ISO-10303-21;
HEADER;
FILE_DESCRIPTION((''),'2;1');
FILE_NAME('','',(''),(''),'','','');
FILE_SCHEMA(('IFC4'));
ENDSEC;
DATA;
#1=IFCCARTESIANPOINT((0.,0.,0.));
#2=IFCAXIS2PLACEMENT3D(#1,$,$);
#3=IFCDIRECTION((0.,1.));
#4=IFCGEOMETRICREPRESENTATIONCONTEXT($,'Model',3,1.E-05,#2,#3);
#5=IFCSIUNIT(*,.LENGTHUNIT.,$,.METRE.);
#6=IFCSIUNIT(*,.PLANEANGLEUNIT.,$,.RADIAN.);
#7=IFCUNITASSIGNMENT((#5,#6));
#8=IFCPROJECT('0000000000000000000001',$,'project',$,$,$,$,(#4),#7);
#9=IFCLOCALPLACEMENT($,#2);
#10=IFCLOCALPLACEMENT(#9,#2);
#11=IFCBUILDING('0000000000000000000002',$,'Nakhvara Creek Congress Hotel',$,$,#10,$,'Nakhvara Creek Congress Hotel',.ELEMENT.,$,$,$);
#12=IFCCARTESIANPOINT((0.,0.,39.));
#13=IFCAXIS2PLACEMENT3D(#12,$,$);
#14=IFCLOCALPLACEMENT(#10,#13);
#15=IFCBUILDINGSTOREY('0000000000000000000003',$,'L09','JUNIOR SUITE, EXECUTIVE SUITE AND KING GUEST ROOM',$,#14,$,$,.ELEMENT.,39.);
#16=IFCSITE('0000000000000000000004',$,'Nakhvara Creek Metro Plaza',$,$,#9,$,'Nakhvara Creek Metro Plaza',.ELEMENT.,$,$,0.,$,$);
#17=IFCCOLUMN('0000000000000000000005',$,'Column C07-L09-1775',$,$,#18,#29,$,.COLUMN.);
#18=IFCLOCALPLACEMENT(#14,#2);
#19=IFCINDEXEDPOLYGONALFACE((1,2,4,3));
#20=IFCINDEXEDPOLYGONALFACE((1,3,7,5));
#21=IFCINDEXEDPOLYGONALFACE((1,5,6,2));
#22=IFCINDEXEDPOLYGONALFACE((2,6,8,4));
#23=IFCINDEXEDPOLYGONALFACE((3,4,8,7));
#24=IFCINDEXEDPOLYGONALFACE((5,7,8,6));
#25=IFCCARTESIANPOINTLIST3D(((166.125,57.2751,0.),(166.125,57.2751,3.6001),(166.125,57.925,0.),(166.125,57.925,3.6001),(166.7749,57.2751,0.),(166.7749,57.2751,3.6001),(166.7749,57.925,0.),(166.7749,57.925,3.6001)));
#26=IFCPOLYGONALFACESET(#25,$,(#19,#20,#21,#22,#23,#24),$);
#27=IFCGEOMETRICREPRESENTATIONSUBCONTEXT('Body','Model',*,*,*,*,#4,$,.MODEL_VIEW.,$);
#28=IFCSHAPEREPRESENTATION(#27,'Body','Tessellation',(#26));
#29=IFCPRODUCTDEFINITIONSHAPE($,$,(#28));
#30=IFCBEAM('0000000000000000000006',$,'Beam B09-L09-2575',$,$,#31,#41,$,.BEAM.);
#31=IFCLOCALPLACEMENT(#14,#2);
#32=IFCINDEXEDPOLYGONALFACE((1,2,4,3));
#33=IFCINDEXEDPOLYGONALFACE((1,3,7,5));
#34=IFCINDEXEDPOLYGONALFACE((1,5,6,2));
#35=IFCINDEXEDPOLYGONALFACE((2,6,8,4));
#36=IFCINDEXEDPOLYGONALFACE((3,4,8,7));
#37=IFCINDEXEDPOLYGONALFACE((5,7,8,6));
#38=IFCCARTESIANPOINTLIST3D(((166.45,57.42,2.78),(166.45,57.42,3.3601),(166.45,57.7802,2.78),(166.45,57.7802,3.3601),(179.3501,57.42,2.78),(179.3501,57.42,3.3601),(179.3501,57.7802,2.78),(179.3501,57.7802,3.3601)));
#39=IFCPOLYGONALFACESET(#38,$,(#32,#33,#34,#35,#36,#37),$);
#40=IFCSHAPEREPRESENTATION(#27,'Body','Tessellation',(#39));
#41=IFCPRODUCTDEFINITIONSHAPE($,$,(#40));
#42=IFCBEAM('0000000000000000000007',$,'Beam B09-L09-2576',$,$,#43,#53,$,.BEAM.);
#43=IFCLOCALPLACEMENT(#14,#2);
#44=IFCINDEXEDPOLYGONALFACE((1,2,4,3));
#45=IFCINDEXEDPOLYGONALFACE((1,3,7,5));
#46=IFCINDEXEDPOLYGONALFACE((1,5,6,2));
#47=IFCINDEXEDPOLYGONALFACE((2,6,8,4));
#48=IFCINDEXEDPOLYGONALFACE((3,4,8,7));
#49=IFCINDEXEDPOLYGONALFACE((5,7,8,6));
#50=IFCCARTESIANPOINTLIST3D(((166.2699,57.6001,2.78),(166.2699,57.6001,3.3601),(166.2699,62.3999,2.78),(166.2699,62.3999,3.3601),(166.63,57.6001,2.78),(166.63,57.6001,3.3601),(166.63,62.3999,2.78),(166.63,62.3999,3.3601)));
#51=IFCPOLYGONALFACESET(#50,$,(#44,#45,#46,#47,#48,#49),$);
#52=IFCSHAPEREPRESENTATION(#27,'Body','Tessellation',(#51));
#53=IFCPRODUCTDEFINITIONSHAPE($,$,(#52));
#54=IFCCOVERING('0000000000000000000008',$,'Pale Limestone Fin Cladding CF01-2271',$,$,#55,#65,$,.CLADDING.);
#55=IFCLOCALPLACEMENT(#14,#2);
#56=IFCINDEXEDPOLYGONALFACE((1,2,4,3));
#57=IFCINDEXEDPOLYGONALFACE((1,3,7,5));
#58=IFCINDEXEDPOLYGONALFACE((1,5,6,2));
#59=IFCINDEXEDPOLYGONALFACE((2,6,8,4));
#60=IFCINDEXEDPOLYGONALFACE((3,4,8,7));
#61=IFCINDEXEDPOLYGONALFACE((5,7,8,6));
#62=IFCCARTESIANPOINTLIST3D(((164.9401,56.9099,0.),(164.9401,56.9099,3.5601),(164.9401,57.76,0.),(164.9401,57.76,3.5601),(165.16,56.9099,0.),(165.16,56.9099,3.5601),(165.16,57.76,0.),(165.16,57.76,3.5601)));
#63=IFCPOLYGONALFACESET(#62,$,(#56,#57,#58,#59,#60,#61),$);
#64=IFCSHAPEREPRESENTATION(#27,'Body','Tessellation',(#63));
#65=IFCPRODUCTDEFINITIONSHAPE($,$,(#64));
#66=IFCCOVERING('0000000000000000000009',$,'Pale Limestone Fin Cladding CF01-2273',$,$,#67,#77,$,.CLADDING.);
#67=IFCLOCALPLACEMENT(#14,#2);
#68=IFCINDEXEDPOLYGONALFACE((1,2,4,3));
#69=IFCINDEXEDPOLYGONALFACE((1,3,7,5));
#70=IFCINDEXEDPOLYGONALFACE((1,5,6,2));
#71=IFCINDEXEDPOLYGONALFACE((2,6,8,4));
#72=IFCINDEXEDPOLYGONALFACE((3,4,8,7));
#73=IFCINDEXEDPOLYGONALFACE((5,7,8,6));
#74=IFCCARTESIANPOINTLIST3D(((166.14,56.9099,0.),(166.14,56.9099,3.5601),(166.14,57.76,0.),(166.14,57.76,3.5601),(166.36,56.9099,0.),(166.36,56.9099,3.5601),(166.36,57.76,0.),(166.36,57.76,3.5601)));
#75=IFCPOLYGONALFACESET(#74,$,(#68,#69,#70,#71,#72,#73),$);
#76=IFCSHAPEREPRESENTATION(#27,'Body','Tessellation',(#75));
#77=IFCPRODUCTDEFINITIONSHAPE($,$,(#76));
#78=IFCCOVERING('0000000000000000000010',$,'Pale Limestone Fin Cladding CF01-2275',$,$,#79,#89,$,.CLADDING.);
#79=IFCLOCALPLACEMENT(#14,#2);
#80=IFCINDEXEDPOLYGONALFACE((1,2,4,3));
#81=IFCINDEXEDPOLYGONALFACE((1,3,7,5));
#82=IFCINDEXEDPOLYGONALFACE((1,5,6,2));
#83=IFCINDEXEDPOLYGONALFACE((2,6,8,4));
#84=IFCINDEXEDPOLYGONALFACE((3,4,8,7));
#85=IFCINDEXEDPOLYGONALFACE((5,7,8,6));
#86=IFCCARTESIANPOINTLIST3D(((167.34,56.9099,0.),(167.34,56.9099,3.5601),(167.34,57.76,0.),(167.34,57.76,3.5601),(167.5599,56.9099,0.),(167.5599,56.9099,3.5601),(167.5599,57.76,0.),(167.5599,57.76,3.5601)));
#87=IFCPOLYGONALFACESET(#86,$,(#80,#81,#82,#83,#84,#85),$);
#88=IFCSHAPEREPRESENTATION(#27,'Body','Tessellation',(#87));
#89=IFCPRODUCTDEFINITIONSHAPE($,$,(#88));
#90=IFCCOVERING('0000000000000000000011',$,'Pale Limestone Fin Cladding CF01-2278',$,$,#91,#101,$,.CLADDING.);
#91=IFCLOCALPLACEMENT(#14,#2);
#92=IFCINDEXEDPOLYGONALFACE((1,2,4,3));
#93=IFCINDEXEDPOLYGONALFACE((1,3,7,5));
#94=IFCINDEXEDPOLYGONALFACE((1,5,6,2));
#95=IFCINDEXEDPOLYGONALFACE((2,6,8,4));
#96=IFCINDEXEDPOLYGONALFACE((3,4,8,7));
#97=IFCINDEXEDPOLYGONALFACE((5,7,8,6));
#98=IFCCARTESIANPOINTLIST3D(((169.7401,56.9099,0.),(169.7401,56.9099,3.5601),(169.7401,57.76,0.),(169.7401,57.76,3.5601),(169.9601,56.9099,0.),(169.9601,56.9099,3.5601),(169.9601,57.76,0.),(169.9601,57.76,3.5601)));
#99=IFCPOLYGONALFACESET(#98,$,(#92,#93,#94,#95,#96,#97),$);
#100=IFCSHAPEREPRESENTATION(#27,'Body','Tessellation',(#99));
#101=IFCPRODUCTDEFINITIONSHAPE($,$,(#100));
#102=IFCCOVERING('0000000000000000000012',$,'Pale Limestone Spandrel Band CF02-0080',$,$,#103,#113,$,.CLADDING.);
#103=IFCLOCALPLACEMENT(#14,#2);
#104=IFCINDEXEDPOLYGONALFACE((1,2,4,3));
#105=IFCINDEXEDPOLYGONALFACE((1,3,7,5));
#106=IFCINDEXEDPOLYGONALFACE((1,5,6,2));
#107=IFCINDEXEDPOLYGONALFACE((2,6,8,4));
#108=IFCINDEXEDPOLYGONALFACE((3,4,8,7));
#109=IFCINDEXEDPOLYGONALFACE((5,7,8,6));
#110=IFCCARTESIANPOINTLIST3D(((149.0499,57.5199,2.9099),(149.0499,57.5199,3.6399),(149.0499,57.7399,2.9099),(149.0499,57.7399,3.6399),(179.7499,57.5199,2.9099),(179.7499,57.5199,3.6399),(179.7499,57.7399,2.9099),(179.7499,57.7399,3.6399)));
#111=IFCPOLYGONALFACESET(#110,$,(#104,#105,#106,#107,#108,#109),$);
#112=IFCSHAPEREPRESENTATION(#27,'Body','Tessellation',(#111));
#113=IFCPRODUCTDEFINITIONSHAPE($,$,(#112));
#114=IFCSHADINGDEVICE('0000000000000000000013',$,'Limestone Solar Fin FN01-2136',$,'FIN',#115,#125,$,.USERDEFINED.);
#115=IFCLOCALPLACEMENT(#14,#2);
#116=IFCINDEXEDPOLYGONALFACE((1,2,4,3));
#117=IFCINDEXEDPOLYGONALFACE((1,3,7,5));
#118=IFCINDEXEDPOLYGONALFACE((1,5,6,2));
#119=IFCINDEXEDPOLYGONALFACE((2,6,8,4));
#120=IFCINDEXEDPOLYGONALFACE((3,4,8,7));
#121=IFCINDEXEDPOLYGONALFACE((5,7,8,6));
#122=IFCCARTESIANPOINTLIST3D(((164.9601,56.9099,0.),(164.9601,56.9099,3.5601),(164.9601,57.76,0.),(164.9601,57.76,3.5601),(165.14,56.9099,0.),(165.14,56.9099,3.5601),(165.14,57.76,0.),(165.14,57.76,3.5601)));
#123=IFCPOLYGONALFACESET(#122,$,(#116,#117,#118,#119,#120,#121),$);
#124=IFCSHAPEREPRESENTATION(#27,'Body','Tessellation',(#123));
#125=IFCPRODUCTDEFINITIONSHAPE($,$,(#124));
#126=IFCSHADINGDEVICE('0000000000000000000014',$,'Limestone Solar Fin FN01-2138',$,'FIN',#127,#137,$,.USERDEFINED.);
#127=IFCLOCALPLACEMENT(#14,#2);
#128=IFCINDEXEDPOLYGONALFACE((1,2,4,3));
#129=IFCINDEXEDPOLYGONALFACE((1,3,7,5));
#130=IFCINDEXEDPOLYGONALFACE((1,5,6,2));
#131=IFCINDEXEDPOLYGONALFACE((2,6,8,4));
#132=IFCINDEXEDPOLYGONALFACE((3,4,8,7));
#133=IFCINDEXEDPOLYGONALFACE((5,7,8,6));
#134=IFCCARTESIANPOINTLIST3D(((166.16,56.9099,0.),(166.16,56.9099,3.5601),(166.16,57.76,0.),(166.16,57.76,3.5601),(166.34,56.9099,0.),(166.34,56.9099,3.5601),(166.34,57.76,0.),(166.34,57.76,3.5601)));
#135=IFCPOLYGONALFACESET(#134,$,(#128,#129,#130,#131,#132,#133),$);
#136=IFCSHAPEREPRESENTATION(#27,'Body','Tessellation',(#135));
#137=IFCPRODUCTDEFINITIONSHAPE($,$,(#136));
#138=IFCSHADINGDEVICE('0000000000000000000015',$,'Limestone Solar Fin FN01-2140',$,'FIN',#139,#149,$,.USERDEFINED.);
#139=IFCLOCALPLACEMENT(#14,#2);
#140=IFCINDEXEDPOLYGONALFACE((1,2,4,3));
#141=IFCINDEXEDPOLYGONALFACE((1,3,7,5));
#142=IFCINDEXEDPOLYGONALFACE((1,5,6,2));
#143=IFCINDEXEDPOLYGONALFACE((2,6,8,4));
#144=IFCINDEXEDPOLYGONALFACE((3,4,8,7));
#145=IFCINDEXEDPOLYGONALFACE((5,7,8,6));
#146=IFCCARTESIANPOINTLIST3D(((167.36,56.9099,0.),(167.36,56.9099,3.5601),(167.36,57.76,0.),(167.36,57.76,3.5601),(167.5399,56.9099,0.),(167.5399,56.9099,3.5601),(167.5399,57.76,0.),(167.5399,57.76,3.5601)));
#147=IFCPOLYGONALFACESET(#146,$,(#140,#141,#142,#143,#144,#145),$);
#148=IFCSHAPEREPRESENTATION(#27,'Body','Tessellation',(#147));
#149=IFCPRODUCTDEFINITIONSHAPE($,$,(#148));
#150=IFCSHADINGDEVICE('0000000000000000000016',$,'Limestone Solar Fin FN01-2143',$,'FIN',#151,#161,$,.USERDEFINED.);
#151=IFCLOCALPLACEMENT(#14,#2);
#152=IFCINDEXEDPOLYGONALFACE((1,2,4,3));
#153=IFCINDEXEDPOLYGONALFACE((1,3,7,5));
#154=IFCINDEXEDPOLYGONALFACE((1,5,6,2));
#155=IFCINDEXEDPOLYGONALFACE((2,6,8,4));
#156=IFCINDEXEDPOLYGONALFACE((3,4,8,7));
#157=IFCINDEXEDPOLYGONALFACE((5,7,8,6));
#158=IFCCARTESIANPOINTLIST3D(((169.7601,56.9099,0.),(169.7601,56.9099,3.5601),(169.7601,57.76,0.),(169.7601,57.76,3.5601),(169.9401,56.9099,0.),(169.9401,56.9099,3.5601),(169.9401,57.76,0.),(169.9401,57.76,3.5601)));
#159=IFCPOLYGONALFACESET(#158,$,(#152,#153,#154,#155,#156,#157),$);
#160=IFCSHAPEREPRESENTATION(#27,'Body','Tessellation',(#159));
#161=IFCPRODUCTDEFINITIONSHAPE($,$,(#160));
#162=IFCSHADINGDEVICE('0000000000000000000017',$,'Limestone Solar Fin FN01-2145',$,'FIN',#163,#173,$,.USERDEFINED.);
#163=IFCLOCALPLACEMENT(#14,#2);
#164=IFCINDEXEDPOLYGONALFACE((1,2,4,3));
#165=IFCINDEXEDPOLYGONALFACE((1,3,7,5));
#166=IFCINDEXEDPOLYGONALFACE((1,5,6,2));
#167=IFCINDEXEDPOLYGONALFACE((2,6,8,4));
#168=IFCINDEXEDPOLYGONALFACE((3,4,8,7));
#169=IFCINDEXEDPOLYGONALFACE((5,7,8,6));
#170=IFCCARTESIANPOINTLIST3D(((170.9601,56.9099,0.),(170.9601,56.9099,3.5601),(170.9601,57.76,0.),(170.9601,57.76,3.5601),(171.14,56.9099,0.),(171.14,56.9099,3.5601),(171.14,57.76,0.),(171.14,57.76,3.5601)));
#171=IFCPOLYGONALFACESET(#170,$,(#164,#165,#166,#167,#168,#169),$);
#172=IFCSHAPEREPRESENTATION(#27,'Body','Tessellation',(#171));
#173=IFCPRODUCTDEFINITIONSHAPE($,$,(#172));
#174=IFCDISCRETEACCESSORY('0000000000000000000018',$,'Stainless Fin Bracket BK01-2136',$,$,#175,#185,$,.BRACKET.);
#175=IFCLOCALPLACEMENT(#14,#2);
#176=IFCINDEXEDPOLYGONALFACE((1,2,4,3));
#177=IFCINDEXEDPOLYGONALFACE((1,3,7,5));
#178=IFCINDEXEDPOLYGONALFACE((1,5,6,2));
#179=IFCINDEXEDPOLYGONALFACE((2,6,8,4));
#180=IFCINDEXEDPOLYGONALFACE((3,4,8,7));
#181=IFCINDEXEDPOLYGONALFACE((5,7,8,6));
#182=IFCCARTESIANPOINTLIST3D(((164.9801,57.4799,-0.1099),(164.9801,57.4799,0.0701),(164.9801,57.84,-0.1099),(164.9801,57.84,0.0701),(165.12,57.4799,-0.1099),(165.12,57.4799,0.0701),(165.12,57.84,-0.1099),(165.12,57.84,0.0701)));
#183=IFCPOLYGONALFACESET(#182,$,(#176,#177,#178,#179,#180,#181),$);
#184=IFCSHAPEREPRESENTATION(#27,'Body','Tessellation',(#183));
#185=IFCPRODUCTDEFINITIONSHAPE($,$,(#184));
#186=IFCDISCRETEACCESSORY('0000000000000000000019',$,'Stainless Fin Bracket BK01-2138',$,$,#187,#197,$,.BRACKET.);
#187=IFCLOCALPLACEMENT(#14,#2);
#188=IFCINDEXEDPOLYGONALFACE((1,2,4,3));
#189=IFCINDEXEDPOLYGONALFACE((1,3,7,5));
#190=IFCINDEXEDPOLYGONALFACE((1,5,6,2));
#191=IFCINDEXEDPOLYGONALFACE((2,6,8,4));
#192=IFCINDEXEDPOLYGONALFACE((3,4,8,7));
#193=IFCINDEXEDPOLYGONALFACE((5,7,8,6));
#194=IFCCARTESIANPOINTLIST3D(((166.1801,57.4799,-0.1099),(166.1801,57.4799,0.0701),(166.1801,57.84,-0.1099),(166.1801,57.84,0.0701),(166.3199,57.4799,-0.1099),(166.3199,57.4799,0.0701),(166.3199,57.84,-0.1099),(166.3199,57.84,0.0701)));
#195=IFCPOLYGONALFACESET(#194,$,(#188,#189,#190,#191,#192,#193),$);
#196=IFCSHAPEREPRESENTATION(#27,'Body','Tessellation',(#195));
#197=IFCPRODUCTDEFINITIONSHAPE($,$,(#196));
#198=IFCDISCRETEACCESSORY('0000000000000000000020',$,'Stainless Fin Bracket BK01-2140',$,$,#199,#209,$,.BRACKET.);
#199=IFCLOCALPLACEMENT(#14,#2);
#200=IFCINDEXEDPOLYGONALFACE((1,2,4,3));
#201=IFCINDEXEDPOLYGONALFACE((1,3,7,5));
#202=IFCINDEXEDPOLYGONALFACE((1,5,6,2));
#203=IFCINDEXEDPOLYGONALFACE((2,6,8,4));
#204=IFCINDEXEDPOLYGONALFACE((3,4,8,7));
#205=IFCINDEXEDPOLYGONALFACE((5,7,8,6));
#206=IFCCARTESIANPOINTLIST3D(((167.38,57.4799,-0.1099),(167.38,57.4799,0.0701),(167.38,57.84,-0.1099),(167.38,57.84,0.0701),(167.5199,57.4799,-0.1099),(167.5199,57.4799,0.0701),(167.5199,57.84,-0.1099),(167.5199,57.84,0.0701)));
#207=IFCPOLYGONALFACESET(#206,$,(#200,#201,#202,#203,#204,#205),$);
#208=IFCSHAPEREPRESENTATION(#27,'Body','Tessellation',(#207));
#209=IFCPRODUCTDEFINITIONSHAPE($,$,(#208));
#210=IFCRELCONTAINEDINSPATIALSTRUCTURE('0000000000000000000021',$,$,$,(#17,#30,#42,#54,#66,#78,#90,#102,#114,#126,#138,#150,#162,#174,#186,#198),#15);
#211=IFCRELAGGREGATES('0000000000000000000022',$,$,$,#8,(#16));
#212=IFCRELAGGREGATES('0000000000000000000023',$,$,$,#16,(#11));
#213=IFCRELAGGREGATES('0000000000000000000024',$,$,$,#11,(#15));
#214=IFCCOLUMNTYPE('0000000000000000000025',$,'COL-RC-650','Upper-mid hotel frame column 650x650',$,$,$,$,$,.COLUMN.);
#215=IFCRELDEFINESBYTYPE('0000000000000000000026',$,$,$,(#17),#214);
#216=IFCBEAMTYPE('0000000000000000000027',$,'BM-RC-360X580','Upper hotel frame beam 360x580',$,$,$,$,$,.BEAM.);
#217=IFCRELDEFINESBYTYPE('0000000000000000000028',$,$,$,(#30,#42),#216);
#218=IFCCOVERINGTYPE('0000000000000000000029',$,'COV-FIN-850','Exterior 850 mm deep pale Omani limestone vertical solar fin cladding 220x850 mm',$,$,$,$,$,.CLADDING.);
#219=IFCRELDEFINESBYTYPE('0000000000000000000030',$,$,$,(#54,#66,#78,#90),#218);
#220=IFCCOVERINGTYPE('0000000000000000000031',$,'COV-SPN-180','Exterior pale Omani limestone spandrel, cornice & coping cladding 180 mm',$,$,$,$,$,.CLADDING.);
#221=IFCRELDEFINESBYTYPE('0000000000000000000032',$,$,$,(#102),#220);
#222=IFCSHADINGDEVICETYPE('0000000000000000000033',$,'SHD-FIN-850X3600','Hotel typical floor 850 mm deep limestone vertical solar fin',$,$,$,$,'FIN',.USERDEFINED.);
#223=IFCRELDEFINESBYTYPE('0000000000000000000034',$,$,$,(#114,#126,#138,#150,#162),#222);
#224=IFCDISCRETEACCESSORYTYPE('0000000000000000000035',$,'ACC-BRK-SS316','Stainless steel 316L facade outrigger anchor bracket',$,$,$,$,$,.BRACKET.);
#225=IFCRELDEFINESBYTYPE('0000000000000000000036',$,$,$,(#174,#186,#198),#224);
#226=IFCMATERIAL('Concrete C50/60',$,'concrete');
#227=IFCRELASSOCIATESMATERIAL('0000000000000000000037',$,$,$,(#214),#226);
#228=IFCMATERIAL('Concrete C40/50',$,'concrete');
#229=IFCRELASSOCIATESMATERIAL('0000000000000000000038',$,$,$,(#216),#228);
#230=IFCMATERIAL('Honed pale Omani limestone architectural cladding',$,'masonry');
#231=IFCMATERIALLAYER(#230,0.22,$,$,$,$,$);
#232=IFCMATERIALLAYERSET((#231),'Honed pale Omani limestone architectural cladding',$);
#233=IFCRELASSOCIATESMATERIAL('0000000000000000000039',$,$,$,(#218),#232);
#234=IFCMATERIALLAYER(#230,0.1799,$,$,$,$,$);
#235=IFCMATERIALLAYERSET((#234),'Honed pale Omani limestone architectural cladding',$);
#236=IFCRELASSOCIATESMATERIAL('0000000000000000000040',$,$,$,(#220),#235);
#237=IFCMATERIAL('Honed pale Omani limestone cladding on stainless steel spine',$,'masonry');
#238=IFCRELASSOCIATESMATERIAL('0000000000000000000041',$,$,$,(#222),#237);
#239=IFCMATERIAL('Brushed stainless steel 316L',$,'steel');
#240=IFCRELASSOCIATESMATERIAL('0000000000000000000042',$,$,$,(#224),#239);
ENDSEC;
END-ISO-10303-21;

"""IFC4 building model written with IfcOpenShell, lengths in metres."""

from ifc_helpers import new_model, si_unit, direction, frame, origin, origin_2d, place, context, subcontext, project, spatial, rectangle, extrude, material, layer, layer_set, material_profile, profile_set, type_object, element, save


model = new_model("IFC4")

# Units and contexts
model_context = context("Model", 3, precision=1e-05, world=origin(), true_north=direction((0.0, 1.0)))
body_context = subcontext(model_context, "Body", "Model", "MODEL_VIEW")
ifc_project = project(units=[si_unit("LENGTHUNIT", "METRE"), si_unit("PLANEANGLEUNIT", "RADIAN")], contexts=[model_context])

# Site, building, storey
site_placement = place(None, origin())
site = spatial("IfcSite", under=ifc_project, at=site_placement, Name="Nakhvara Creek Metro Plaza", LongName="Nakhvara Creek Metro Plaza", CompositionType="ELEMENT", RefElevation=0.0)
building_placement = place(site_placement, origin())
building = spatial("IfcBuilding", under=site, at=building_placement, Name="Nakhvara Creek Congress Hotel", LongName="Nakhvara Creek Congress Hotel", CompositionType="ELEMENT")
storey_placement = place(building_placement, frame((0.0, 0.0, 39.0)))
storey = spatial("IfcBuildingStorey", under=building, at=storey_placement, Name="L09", Description="JUNIOR SUITE, EXECUTIVE SUITE AND KING GUEST ROOM", CompositionType="ELEMENT", Elevation=39.0)

# Column
ifc_material_1 = material(Name="Concrete C50/60", Category="concrete")
ifc_material_profile_1 = material_profile(ifc_material_1, rectangle(XDim=0.6499, YDim=0.6499, at=origin_2d()), Name="RC-COL 650x650", Category="LoadBearing")
ifc_profile_set_1 = profile_set([ifc_material_profile_1], Name="Concrete C50/60")
column_type = type_object("IfcColumnType", Name="COL-RC-650", Description="Upper-mid hotel frame column 650x650", PredefinedType="COLUMN", material=ifc_profile_set_1)
column_placement = place(storey_placement, frame((166.45, 57.6001, 0.0), z_axis=(0.0, 0.0, 1.0), x_axis=(1.0, 0.0, 0.0)))
element("IfcColumn", 1, at=column_placement, inside=storey, type_object=column_type, Name="Column C07-L09-1775", PredefinedType="COLUMN", context=body_context, shape_type="SweptSolid", body=[
    extrude(rectangle(XDim=0.6499, YDim=0.6499, at=origin_2d()), origin(), (0.0, 0.0, 1.0), 3.6001),
])

# Beams
ifc_material_2 = material(Name="Concrete C40/50", Category="concrete")
ifc_material_profile_2 = material_profile(ifc_material_2, rectangle(XDim=0.3601, YDim=0.5801, at=origin_2d()), Name="RC-BM 360x580", Category="LoadBearing")
ifc_profile_set_2 = profile_set([ifc_material_profile_2], Name="Concrete C40/50")
beam_type = type_object("IfcBeamType", Name="BM-RC-360X580", Description="Upper hotel frame beam 360x580", PredefinedType="BEAM", material=ifc_profile_set_2)
beam_1_placement = place(storey_placement, frame((166.45, 57.6001, 3.0701), z_axis=(1.0, 0.0, 0.0), x_axis=(0.0, 1.0, 0.0)))
element("IfcBeam", 2, at=beam_1_placement, inside=storey, type_object=beam_type, Name="Beam B09-L09-2575", PredefinedType="BEAM", context=body_context, shape_type="SweptSolid", body=[
    extrude(rectangle(XDim=0.3601, YDim=0.5801, at=origin_2d()), origin(), (0.0, 0.0, 1.0), 12.9001),
])
beam_2_placement = place(storey_placement, frame((166.45, 57.6001, 3.0701), z_axis=(0.0, 1.0, 0.0), x_axis=(-1.0, 0.0, 0.0)))
element("IfcBeam", 3, at=beam_2_placement, inside=storey, type_object=beam_type, Name="Beam B09-L09-2576", PredefinedType="BEAM", context=body_context, shape_type="SweptSolid", body=[
    extrude(rectangle(XDim=0.3601, YDim=0.5801, at=origin_2d()), origin(), (0.0, 0.0, 1.0), 4.7998),
])

# Coverings
ifc_material_3 = material(Name="Honed pale Omani limestone architectural cladding", Category="masonry")
ifc_layer_1 = layer(ifc_material_3, 0.22)
ifc_layer_set_1 = layer_set([ifc_layer_1], Name="Honed pale Omani limestone architectural cladding")
covering_type_1 = type_object("IfcCoveringType", Name="COV-FIN-850", Description="Exterior 850 mm deep pale Omani limestone vertical solar fin cladding 220x850 mm", PredefinedType="CLADDING", material=ifc_layer_set_1)
for number, where, z_axis, x_axis, name in (
    (4, (165.05, 57.335, 0.0), (0.0, 0.0, 1.0), (1.0, 0.0, 0.0), "Pale Limestone Fin Cladding CF01-2271"),
    (5, (166.25, 57.335, 0.0), (0.0, 0.0, 1.0), (1.0, 0.0, 0.0), "Pale Limestone Fin Cladding CF01-2273"),
    (6, (167.45, 57.335, 0.0), (0.0, 0.0, 1.0), (1.0, 0.0, 0.0), "Pale Limestone Fin Cladding CF01-2275"),
    (7, (169.8501, 57.335, 0.0), (0.0, 0.0, 1.0), (1.0, 0.0, 0.0), "Pale Limestone Fin Cladding CF01-2278"),
):
    element("IfcCovering", number, at=place(storey_placement, frame(where, z_axis=z_axis, x_axis=x_axis)), inside=storey, type_object=covering_type_1, Name=name, PredefinedType="CLADDING", context=body_context, shape_type="SweptSolid", body=[
        extrude(rectangle(XDim=0.22, YDim=0.8501, at=origin_2d()), origin(), (0.0, 0.0, 1.0), 3.5601),
    ])
ifc_layer_2 = layer(ifc_material_3, 0.1799)
ifc_layer_set_2 = layer_set([ifc_layer_2], Name="Honed pale Omani limestone architectural cladding")
covering_type_2 = type_object("IfcCoveringType", Name="COV-SPN-180", Description="Exterior pale Omani limestone spandrel, cornice & coping cladding 180 mm", PredefinedType="CLADDING", material=ifc_layer_set_2)
covering_placement = place(storey_placement, frame((164.3999, 57.6299, 2.9099), z_axis=(0.0, 0.0, 1.0), x_axis=(1.0, 0.0, 0.0)))
element("IfcCovering", 8, at=covering_placement, inside=storey, type_object=covering_type_2, Name="Pale Limestone Spandrel Band CF02-0080", PredefinedType="CLADDING", context=body_context, shape_type="SweptSolid", body=[
    extrude(rectangle(XDim=30.7, YDim=0.22, at=origin_2d()), origin(), (0.0, 0.0, 1.0), 0.73),
])

# Shading devices
ifc_material_4 = material(Name="Honed pale Omani limestone cladding on stainless steel spine", Category="masonry")
shading_device_type = type_object("IfcShadingDeviceType", Name="SHD-FIN-850X3600", Description="Hotel typical floor 850 mm deep limestone vertical solar fin", ElementType="FIN", PredefinedType="USERDEFINED", material=ifc_material_4)
for number, where, z_axis, x_axis, name in (
    (9, (165.05, 57.335, 0.0), (0.0, 0.0, 1.0), (1.0, 0.0, 0.0), "Limestone Solar Fin FN01-2136"),
    (10, (166.25, 57.335, 0.0), (0.0, 0.0, 1.0), (1.0, 0.0, 0.0), "Limestone Solar Fin FN01-2138"),
    (11, (167.45, 57.335, 0.0), (0.0, 0.0, 1.0), (1.0, 0.0, 0.0), "Limestone Solar Fin FN01-2140"),
    (12, (169.8501, 57.335, 0.0), (0.0, 0.0, 1.0), (1.0, 0.0, 0.0), "Limestone Solar Fin FN01-2143"),
    (13, (171.05, 57.335, 0.0), (0.0, 0.0, 1.0), (1.0, 0.0, 0.0), "Limestone Solar Fin FN01-2145"),
):
    element("IfcShadingDevice", number, at=place(storey_placement, frame(where, z_axis=z_axis, x_axis=x_axis)), inside=storey, type_object=shading_device_type, Name=name, ObjectType="FIN", PredefinedType="USERDEFINED", context=body_context, shape_type="SweptSolid", body=[
        extrude(rectangle(XDim=0.1799, YDim=0.8501, at=origin_2d()), origin(), (0.0, 0.0, 1.0), 3.5601),
    ])

# Discrete accessories
ifc_material_5 = material(Name="Brushed stainless steel 316L", Category="steel")
discrete_accessory_type = type_object("IfcDiscreteAccessoryType", Name="ACC-BRK-SS316", Description="Stainless steel 316L facade outrigger anchor bracket", PredefinedType="BRACKET", material=ifc_material_5)
for number, where, z_axis, x_axis, name in (
    (14, (165.05, 57.6599, -0.1099), (0.0, 0.0, 1.0), (1.0, 0.0, 0.0), "Stainless Fin Bracket BK01-2136"),
    (15, (166.25, 57.6599, -0.1099), (0.0, 0.0, 1.0), (1.0, 0.0, 0.0), "Stainless Fin Bracket BK01-2138"),
    (16, (167.45, 57.6599, -0.1099), (0.0, 0.0, 1.0), (1.0, 0.0, 0.0), "Stainless Fin Bracket BK01-2140"),
):
    element("IfcDiscreteAccessory", number, at=place(storey_placement, frame(where, z_axis=z_axis, x_axis=x_axis)), inside=storey, type_object=discrete_accessory_type, Name=name, PredefinedType="BRACKET", context=body_context, shape_type="SweptSolid", body=[
        extrude(rectangle(XDim=0.1399, YDim=0.3601, at=origin_2d()), origin(), (0.0, 0.0, 1.0), 0.1799),
    ])

save(model, "model.ifc")
